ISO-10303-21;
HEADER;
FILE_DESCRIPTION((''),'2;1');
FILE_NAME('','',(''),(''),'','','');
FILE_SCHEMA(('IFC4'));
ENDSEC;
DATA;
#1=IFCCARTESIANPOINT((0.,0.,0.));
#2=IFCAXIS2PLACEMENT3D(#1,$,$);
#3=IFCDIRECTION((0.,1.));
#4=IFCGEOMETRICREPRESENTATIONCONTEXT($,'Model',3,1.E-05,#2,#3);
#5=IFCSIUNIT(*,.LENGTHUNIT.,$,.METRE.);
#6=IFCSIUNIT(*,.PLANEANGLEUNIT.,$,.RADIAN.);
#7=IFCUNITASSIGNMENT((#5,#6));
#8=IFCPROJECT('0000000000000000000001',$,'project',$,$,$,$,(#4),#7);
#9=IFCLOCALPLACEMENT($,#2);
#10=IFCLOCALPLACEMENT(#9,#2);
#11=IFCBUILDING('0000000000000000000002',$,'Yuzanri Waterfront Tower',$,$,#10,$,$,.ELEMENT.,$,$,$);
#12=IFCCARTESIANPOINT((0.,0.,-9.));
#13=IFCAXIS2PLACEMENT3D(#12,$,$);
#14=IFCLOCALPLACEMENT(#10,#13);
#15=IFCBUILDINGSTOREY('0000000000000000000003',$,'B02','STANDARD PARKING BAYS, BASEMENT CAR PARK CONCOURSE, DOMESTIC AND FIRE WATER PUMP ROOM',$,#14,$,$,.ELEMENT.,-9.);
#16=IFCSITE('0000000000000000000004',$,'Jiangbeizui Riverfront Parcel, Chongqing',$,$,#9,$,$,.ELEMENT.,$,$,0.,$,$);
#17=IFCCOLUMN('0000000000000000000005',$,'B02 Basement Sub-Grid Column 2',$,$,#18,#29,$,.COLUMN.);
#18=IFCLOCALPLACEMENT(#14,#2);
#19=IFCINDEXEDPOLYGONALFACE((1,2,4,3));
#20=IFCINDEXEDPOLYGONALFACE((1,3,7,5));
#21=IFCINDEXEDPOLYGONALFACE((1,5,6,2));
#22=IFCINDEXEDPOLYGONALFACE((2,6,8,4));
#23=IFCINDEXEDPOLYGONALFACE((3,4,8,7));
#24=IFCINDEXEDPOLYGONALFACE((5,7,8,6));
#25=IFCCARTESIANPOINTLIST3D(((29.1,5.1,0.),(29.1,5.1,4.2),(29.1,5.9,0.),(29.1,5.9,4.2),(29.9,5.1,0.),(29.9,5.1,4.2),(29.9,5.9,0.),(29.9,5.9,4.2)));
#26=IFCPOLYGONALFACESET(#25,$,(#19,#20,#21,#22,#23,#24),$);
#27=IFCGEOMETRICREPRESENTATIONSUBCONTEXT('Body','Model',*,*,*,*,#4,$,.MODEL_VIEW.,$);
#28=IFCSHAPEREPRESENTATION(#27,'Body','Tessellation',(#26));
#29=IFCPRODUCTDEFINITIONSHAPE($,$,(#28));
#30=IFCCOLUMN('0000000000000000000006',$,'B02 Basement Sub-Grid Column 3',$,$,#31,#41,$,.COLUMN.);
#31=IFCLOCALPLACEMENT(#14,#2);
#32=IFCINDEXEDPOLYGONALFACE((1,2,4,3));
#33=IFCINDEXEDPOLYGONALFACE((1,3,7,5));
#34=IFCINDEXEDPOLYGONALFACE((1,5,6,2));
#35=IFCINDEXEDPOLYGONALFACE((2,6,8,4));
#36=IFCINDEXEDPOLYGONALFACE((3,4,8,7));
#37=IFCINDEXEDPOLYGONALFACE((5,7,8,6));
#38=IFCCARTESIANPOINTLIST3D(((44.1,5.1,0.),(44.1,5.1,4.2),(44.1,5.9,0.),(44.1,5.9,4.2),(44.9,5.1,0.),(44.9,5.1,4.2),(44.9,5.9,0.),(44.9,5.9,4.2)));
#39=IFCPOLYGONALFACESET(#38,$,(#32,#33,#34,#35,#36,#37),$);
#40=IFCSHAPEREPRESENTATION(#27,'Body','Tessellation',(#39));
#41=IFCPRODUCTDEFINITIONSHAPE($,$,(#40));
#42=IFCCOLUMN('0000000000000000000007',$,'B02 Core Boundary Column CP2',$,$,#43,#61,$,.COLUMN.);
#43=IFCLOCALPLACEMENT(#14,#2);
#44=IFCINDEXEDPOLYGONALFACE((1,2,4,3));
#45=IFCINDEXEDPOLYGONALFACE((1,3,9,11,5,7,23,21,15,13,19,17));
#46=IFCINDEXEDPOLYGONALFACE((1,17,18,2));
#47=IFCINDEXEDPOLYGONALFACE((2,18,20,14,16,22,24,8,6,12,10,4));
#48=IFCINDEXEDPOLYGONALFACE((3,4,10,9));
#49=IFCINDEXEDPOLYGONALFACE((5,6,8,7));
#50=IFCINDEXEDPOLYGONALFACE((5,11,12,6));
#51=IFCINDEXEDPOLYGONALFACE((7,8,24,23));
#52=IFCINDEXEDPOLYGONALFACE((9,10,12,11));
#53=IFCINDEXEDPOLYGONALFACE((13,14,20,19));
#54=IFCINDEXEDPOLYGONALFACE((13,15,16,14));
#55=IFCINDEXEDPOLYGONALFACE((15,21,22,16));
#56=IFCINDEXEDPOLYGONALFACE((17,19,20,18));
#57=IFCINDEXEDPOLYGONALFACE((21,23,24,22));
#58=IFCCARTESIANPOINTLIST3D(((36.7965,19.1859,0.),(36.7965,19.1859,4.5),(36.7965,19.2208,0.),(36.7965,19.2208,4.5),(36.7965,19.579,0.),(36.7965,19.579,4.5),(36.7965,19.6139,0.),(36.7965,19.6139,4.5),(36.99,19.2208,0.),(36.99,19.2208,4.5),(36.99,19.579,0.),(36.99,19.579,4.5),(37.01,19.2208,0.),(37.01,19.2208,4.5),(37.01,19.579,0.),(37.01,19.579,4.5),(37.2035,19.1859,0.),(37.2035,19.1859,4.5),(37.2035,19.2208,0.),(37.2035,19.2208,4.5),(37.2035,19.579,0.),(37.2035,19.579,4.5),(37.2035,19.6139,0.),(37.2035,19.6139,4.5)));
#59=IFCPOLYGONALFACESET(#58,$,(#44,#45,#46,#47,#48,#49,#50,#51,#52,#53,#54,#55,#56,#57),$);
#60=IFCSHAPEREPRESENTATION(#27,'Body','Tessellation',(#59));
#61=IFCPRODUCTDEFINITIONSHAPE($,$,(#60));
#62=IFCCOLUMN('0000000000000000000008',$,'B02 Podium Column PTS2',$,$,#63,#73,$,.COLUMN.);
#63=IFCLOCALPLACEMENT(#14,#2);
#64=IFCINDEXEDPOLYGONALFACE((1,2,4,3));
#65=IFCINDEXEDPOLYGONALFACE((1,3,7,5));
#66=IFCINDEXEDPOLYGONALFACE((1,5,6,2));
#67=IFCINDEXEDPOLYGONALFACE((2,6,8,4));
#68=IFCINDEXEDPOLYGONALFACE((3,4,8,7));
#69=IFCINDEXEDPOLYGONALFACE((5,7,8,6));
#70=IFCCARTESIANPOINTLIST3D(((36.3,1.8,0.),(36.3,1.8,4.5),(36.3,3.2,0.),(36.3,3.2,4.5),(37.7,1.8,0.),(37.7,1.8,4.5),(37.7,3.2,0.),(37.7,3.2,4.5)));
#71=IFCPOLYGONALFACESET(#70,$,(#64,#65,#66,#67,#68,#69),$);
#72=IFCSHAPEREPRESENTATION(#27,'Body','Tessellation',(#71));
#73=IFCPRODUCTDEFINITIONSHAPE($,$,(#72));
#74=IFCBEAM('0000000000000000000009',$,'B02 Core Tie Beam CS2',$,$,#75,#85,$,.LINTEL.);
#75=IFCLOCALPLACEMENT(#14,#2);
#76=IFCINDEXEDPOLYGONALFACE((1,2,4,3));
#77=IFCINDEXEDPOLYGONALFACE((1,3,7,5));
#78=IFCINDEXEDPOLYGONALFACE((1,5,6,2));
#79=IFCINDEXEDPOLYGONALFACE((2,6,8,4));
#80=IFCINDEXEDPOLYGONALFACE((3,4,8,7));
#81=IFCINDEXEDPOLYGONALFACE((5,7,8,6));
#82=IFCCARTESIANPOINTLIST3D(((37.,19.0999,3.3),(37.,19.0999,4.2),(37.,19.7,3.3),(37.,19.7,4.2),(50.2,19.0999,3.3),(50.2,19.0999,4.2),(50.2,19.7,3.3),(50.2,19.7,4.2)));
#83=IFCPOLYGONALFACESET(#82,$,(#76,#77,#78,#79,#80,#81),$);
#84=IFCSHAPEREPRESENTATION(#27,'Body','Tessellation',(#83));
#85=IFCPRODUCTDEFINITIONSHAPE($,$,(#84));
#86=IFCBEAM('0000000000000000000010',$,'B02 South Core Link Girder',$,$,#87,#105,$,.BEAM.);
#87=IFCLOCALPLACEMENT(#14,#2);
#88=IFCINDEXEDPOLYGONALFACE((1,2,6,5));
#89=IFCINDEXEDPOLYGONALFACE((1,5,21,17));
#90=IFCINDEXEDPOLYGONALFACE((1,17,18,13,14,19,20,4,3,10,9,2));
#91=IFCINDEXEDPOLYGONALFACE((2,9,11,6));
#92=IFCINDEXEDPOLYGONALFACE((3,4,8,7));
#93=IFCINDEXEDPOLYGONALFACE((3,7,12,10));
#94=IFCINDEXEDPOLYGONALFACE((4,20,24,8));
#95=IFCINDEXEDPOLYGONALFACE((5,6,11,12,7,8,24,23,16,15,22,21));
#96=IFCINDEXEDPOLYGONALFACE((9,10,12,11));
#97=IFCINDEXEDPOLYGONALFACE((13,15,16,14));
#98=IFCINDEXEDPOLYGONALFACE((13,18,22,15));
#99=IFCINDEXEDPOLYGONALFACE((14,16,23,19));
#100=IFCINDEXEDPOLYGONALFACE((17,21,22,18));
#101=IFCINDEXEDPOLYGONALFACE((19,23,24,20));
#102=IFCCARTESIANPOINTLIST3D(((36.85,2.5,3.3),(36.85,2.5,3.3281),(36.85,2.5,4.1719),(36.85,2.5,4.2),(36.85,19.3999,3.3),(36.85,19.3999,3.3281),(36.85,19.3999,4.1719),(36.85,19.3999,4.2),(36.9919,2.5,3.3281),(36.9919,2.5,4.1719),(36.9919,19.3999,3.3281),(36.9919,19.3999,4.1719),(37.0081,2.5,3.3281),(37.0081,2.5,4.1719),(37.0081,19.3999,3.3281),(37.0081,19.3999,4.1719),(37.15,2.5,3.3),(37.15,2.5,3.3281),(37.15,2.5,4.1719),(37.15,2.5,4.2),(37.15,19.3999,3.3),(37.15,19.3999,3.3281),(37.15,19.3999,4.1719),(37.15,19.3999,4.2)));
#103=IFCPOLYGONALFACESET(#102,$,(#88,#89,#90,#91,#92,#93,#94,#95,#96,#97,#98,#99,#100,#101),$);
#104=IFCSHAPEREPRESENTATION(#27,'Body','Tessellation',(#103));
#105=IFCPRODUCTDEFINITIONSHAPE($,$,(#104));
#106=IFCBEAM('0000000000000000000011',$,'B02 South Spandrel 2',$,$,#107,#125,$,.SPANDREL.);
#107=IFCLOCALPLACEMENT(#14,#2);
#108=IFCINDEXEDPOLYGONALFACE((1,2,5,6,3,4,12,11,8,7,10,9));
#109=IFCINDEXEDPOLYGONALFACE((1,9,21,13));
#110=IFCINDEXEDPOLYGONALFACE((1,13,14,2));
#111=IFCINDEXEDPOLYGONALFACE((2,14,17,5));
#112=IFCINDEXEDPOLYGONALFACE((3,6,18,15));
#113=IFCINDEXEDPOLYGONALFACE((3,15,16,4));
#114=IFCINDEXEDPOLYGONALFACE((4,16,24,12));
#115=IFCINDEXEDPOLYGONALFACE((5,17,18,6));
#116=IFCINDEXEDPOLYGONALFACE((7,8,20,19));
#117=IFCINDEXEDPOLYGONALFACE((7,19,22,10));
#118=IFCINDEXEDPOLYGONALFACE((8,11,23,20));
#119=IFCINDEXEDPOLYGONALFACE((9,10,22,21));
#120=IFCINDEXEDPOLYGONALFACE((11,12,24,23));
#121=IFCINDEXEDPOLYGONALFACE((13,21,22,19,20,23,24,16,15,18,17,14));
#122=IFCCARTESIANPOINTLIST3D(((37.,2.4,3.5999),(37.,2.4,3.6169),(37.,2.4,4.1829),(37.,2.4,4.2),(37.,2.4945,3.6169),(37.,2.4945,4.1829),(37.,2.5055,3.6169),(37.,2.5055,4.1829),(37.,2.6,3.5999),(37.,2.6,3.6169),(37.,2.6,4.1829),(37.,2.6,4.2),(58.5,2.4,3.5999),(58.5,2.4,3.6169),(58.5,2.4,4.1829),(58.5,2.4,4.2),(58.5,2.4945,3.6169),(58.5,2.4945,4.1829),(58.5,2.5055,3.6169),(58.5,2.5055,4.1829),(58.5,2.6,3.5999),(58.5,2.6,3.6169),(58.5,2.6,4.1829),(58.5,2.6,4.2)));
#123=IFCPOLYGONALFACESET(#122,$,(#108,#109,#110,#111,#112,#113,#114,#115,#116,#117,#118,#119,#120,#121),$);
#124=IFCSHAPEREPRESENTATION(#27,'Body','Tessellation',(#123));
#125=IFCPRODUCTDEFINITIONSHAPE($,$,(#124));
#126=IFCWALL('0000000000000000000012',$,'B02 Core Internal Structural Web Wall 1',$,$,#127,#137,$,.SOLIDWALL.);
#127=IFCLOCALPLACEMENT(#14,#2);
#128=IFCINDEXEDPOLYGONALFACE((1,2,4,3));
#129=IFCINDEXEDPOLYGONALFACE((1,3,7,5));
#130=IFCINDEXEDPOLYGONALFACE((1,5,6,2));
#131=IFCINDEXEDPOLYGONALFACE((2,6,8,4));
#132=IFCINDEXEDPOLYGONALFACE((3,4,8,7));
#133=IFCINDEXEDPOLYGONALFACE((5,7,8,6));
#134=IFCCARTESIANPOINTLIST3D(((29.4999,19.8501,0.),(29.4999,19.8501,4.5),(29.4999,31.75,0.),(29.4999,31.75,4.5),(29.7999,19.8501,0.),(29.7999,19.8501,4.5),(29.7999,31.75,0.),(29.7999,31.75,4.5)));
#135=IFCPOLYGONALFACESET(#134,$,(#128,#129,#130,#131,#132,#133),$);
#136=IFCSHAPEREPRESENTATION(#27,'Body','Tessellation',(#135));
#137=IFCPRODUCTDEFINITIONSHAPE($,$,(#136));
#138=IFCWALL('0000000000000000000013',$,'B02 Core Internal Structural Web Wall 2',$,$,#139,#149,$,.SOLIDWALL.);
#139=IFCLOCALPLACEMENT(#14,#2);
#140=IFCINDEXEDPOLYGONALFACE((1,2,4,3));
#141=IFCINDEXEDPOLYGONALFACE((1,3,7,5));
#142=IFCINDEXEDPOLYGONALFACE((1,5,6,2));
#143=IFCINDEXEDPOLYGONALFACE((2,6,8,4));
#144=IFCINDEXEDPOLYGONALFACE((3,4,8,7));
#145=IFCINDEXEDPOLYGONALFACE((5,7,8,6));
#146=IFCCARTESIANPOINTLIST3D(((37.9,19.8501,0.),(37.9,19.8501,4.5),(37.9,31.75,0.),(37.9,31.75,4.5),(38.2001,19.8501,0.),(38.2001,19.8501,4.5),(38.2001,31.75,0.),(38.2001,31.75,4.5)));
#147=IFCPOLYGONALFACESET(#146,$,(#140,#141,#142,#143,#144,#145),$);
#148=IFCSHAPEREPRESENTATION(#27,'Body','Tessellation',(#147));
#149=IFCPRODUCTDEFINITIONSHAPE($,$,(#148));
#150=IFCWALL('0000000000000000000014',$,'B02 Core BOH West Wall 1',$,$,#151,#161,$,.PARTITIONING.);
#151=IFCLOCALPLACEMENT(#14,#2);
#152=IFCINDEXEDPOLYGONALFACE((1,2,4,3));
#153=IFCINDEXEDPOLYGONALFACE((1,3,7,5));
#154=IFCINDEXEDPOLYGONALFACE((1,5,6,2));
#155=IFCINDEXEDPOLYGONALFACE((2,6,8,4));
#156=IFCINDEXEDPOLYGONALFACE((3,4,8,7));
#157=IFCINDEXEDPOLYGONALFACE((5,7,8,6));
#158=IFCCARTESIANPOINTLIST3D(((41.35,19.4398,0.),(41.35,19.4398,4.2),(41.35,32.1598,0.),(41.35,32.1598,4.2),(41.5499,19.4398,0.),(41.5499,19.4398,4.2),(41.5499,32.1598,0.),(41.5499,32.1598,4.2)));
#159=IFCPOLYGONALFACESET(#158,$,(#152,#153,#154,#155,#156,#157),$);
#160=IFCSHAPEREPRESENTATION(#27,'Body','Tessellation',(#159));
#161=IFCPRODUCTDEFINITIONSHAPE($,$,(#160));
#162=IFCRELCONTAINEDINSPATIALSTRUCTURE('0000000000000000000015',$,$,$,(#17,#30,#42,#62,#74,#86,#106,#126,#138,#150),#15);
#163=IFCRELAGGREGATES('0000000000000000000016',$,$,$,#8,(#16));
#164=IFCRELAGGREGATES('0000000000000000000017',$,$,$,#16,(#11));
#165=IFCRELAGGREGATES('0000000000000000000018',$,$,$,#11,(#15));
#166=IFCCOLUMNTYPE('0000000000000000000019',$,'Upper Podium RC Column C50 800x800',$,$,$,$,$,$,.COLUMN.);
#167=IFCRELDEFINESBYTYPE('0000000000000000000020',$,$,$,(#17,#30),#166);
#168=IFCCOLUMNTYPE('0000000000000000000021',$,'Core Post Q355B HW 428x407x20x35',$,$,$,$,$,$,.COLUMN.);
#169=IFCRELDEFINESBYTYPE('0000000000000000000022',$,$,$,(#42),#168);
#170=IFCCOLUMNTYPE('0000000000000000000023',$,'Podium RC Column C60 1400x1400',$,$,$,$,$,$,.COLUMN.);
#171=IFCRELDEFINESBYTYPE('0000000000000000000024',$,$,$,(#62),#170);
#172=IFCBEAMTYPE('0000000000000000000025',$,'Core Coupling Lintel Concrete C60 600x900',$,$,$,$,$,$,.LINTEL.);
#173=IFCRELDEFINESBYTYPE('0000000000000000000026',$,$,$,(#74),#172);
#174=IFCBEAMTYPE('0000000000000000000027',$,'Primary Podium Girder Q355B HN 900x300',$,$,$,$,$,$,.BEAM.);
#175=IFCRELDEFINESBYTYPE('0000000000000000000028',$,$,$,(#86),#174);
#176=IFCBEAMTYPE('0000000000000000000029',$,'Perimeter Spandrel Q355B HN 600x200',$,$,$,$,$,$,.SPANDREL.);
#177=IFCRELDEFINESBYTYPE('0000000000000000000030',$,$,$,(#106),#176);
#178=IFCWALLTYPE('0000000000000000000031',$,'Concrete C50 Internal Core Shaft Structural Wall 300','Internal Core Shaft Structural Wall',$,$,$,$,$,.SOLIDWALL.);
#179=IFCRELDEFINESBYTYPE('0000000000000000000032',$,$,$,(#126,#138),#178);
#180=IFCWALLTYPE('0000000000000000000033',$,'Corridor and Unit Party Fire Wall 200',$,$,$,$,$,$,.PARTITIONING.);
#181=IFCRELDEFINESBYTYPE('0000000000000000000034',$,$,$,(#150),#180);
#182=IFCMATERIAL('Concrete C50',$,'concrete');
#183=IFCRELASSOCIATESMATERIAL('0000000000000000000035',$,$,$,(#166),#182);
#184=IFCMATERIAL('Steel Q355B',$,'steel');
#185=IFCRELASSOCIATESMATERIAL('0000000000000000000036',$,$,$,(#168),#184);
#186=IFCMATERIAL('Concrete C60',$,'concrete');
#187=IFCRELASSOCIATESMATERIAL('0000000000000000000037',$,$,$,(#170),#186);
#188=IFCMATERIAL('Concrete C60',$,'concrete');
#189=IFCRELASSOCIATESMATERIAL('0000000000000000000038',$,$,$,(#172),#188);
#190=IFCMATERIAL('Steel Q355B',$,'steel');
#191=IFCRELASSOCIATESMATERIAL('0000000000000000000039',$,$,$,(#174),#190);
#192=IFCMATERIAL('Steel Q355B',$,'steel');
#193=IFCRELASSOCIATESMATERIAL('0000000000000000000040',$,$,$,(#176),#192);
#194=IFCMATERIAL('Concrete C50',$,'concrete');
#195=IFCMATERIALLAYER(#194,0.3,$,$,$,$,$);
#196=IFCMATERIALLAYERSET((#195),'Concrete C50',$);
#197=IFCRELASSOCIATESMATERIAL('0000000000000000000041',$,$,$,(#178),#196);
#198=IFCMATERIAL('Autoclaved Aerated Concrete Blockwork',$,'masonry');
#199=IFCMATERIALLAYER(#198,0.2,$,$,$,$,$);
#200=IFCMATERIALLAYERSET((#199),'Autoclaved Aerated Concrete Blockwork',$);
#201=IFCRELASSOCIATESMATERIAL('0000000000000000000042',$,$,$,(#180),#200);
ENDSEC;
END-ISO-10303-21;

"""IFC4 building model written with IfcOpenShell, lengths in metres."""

from ifc_helpers import new_model, si_unit, direction, frame, frame_2d, origin, origin_2d, place, context, subcontext, project, spatial, rectangle, i_section, extrude, source, transform, mapped, material, layer, layer_set, material_profile, profile_set, type_object, element, save


model = new_model("IFC4")

# Units and contexts
model_context = context("Model", 3, precision=1e-05, world=origin(), true_north=direction((0.0, 1.0)))
body_context = subcontext(model_context, "Body", "Model", "MODEL_VIEW")
ifc_project = project(units=[si_unit("LENGTHUNIT", "METRE"), si_unit("PLANEANGLEUNIT", "RADIAN")], contexts=[model_context])

# Site, building, storey
site_placement = place(None, origin())
site = spatial("IfcSite", under=ifc_project, at=site_placement, Name="Jiangbeizui Riverfront Parcel, Chongqing", CompositionType="ELEMENT", RefElevation=0.0)
building_placement = place(site_placement, origin())
building = spatial("IfcBuilding", under=site, at=building_placement, Name="Yuzanri Waterfront Tower", CompositionType="ELEMENT")
storey_placement = place(building_placement, frame((0.0, 0.0, -9.0)))
storey = spatial("IfcBuildingStorey", under=building, at=storey_placement, Name="B02", Description="STANDARD PARKING BAYS, BASEMENT CAR PARK CONCOURSE, DOMESTIC AND FIRE WATER PUMP ROOM", CompositionType="ELEMENT", Elevation=-9.0)

# Columns
ifc_material_1 = material(Name="Concrete C50", Category="concrete")
ifc_material_profile_1 = material_profile(ifc_material_1, rectangle(XDim=0.8, YDim=0.8, at=origin_2d()), Name="RC 800x800")
ifc_profile_set_1 = profile_set([ifc_material_profile_1], Name="Concrete C50")
column_type_1 = type_object("IfcColumnType", Name="Upper Podium RC Column C50 800x800", PredefinedType="COLUMN", material=ifc_profile_set_1)
shared_shape_1 = source(origin(), body_context, "Body", "SweptSolid", [
    extrude(rectangle(XDim=0.8, YDim=0.8, at=origin_2d()), origin(), (0.0, 0.0, 1.0), 4.2),
])
for number, where, z_axis, x_axis, name in (
    (1, (29.5, 5.5, 0.0), (0.0, 0.0, 1.0), (1.0, 0.0, 0.0), "B02 Basement Sub-Grid Column 2"),
    (2, (44.5, 5.5, 0.0), (0.0, 0.0, 1.0), (1.0, 0.0, 0.0), "B02 Basement Sub-Grid Column 3"),
):
    element("IfcColumn", number, at=place(storey_placement, frame(where, z_axis=z_axis, x_axis=x_axis)), inside=storey, type_object=column_type_1, Name=name, PredefinedType="COLUMN", context=body_context, shape_type="MappedRepresentation", body=[
        mapped(shared_shape_1, transform((0.0, 0.0, 0.0), scale=1.0)),
    ])
ifc_material_2 = material(Name="Steel Q355B", Category="steel")
ifc_material_profile_2 = material_profile(ifc_material_2, i_section(OverallWidth=0.407, OverallDepth=0.428, WebThickness=0.02, FlangeThickness=0.0349, at=origin_2d()), Name="HW 428x407x20x35")
ifc_profile_set_2 = profile_set([ifc_material_profile_2], Name="Steel Q355B")
column_type_2 = type_object("IfcColumnType", Name="Core Post Q355B HW 428x407x20x35", PredefinedType="COLUMN", material=ifc_profile_set_2)
shared_shape_2 = source(origin(), body_context, "Body", "SweptSolid", [
    extrude(i_section(OverallWidth=0.407, OverallDepth=0.428, WebThickness=0.02, FlangeThickness=0.0349, at=origin_2d()), origin(), (0.0, 0.0, 1.0), 4.5),
])
column_1_placement = place(storey_placement, frame((37.0, 19.3999, 0.0), z_axis=(0.0, 0.0, 1.0), x_axis=(1.0, 0.0, 0.0)))
element("IfcColumn", 3, at=column_1_placement, inside=storey, type_object=column_type_2, Name="B02 Core Boundary Column CP2", PredefinedType="COLUMN", context=body_context, shape_type="MappedRepresentation", body=[
    mapped(shared_shape_2, transform((0.0, 0.0, 0.0), scale=1.0)),
])
ifc_material_3 = material(Name="Concrete C60", Category="concrete")
ifc_material_profile_3 = material_profile(ifc_material_3, rectangle(XDim=1.3999, YDim=1.3999, at=origin_2d()), Name="RC 1400x1400")
ifc_profile_set_3 = profile_set([ifc_material_profile_3], Name="Concrete C60")
column_type_3 = type_object("IfcColumnType", Name="Podium RC Column C60 1400x1400", PredefinedType="COLUMN", material=ifc_profile_set_3)
shared_shape_3 = source(origin(), body_context, "Body", "SweptSolid", [
    extrude(rectangle(XDim=1.3999, YDim=1.3999, at=origin_2d()), origin(), (0.0, 0.0, 1.0), 4.5),
])
column_2_placement = place(storey_placement, frame((37.0, 2.5, 0.0), z_axis=(0.0, 0.0, 1.0), x_axis=(1.0, 0.0, 0.0)))
element("IfcColumn", 4, at=column_2_placement, inside=storey, type_object=column_type_3, Name="B02 Podium Column PTS2", PredefinedType="COLUMN", context=body_context, shape_type="MappedRepresentation", body=[
    mapped(shared_shape_3, transform((0.0, 0.0, 0.0), scale=1.0)),
])

# Beams
ifc_material_4 = material(Name="Concrete C60", Category="concrete")
ifc_material_profile_4 = material_profile(ifc_material_4, rectangle(XDim=0.6001, YDim=0.8999, at=origin_2d()), Name="RC 600x900")
ifc_profile_set_4 = profile_set([ifc_material_profile_4], Name="Concrete C60")
beam_type_1 = type_object("IfcBeamType", Name="Core Coupling Lintel Concrete C60 600x900", PredefinedType="LINTEL", material=ifc_profile_set_4)
shared_shape_4 = source(origin(), body_context, "Body", "SweptSolid", [
    extrude(rectangle(XDim=0.6001, YDim=0.8999, at=origin_2d()), origin(), (0.0, 0.0, 1.0), 13.2),
])
beam_1_placement = place(storey_placement, frame((37.0, 19.3999, 3.75), z_axis=(1.0, 0.0, 0.0), x_axis=(0.0, 1.0, 0.0)))
element("IfcBeam", 5, at=beam_1_placement, inside=storey, type_object=beam_type_1, Name="B02 Core Tie Beam CS2", PredefinedType="LINTEL", context=body_context, shape_type="MappedRepresentation", body=[
    mapped(shared_shape_4, transform((0.0, 0.0, 0.0), scale=1.0)),
])
ifc_material_5 = material(Name="Steel Q355B", Category="steel")
ifc_material_profile_5 = material_profile(ifc_material_5, i_section(OverallWidth=0.3, OverallDepth=0.8999, WebThickness=0.0161, FlangeThickness=0.0281, at=origin_2d()), Name="HN 900x300x16x28")
ifc_profile_set_5 = profile_set([ifc_material_profile_5], Name="Steel Q355B")
beam_type_2 = type_object("IfcBeamType", Name="Primary Podium Girder Q355B HN 900x300", PredefinedType="BEAM", material=ifc_profile_set_5)
shared_shape_5 = source(origin(), body_context, "Body", "SweptSolid", [
    extrude(i_section(OverallWidth=0.3, OverallDepth=0.8999, WebThickness=0.0161, FlangeThickness=0.0281, at=origin_2d()), origin(), (0.0, 0.0, 1.0), 16.8999),
])
beam_2_placement = place(storey_placement, frame((37.0, 2.5, 3.75), z_axis=(0.0, 1.0, 0.0), x_axis=(-1.0, 0.0, 0.0)))
element("IfcBeam", 6, at=beam_2_placement, inside=storey, type_object=beam_type_2, Name="B02 South Core Link Girder", PredefinedType="BEAM", context=body_context, shape_type="MappedRepresentation", body=[
    mapped(shared_shape_5, transform((0.0, 0.0, 0.0), scale=1.0)),
])
ifc_material_6 = material(Name="Steel Q355B", Category="steel")
ifc_material_profile_6 = material_profile(ifc_material_6, i_section(OverallWidth=0.2, OverallDepth=0.6001, WebThickness=0.011, FlangeThickness=0.0171, at=origin_2d()), Name="HN 600x200x11x17")
ifc_profile_set_6 = profile_set([ifc_material_profile_6], Name="Steel Q355B")
beam_type_3 = type_object("IfcBeamType", Name="Perimeter Spandrel Q355B HN 600x200", PredefinedType="SPANDREL", material=ifc_profile_set_6)
shared_shape_6 = source(origin(), body_context, "Body", "SweptSolid", [
    extrude(i_section(OverallWidth=0.2, OverallDepth=0.6001, WebThickness=0.011, FlangeThickness=0.0171, at=origin_2d()), origin(), (0.0, 0.0, 1.0), 21.5),
])
beam_3_placement = place(storey_placement, frame((37.0, 2.5, 3.8999), z_axis=(1.0, 0.0, 0.0), x_axis=(0.0, 1.0, 0.0)))
element("IfcBeam", 7, at=beam_3_placement, inside=storey, type_object=beam_type_3, Name="B02 South Spandrel 2", PredefinedType="SPANDREL", context=body_context, shape_type="MappedRepresentation", body=[
    mapped(shared_shape_6, transform((0.0, 0.0, 0.0), scale=1.0)),
])

# Walls
ifc_material_7 = material(Name="Concrete C50", Category="concrete")
ifc_layer_1 = layer(ifc_material_7, 0.3)
ifc_layer_set_1 = layer_set([ifc_layer_1], Name="Concrete C50")
wall_type_1 = type_object("IfcWallType", Name="Concrete C50 Internal Core Shaft Structural Wall 300", Description="Internal Core Shaft Structural Wall", PredefinedType="SOLIDWALL", material=ifc_layer_set_1)
shared_shape_7 = source(origin(), body_context, "Body", "SweptSolid", [
    extrude(rectangle(XDim=11.8999, YDim=0.3, at=frame_2d((5.95, 0.0))), origin(), (0.0, 0.0, 1.0), 4.5),
])
for number, where, z_axis, x_axis, name in (
    (8, (29.6499, 19.8501, 0.0), (0.0, 0.0, 1.0), (0.0, 1.0, 0.0), "B02 Core Internal Structural Web Wall 1"),
    (9, (38.05, 19.8501, 0.0), (0.0, 0.0, 1.0), (0.0, 1.0, 0.0), "B02 Core Internal Structural Web Wall 2"),
):
    element("IfcWall", number, at=place(storey_placement, frame(where, z_axis=z_axis, x_axis=x_axis)), inside=storey, type_object=wall_type_1, Name=name, PredefinedType="SOLIDWALL", context=body_context, shape_type="MappedRepresentation", body=[
        mapped(shared_shape_7, transform((0.0, 0.0, 0.0), scale=1.0)),
    ])
ifc_material_8 = material(Name="Autoclaved Aerated Concrete Blockwork", Category="masonry")
ifc_layer_2 = layer(ifc_material_8, 0.2)
ifc_layer_set_2 = layer_set([ifc_layer_2], Name="Autoclaved Aerated Concrete Blockwork")
wall_type_2 = type_object("IfcWallType", Name="Corridor and Unit Party Fire Wall 200", PredefinedType="PARTITIONING", material=ifc_layer_set_2)
shared_shape_8 = source(origin(), body_context, "Body", "SweptSolid", [
    extrude(rectangle(XDim=12.72, YDim=0.2, at=frame_2d((6.3599, 0.0))), origin(), (0.0, 0.0, 1.0), 4.2),
])
wall_placement = place(storey_placement, frame((41.45, 19.4399, 0.0), z_axis=(0.0, 0.0, 1.0), x_axis=(0.0, 1.0, 0.0)))
element("IfcWall", 10, at=wall_placement, inside=storey, type_object=wall_type_2, Name="B02 Core BOH West Wall 1", PredefinedType="PARTITIONING", context=body_context, shape_type="MappedRepresentation", body=[
    mapped(shared_shape_8, transform((0.0, 0.0, 0.0), scale=1.0)),
])

save(model, "model.ifc")
